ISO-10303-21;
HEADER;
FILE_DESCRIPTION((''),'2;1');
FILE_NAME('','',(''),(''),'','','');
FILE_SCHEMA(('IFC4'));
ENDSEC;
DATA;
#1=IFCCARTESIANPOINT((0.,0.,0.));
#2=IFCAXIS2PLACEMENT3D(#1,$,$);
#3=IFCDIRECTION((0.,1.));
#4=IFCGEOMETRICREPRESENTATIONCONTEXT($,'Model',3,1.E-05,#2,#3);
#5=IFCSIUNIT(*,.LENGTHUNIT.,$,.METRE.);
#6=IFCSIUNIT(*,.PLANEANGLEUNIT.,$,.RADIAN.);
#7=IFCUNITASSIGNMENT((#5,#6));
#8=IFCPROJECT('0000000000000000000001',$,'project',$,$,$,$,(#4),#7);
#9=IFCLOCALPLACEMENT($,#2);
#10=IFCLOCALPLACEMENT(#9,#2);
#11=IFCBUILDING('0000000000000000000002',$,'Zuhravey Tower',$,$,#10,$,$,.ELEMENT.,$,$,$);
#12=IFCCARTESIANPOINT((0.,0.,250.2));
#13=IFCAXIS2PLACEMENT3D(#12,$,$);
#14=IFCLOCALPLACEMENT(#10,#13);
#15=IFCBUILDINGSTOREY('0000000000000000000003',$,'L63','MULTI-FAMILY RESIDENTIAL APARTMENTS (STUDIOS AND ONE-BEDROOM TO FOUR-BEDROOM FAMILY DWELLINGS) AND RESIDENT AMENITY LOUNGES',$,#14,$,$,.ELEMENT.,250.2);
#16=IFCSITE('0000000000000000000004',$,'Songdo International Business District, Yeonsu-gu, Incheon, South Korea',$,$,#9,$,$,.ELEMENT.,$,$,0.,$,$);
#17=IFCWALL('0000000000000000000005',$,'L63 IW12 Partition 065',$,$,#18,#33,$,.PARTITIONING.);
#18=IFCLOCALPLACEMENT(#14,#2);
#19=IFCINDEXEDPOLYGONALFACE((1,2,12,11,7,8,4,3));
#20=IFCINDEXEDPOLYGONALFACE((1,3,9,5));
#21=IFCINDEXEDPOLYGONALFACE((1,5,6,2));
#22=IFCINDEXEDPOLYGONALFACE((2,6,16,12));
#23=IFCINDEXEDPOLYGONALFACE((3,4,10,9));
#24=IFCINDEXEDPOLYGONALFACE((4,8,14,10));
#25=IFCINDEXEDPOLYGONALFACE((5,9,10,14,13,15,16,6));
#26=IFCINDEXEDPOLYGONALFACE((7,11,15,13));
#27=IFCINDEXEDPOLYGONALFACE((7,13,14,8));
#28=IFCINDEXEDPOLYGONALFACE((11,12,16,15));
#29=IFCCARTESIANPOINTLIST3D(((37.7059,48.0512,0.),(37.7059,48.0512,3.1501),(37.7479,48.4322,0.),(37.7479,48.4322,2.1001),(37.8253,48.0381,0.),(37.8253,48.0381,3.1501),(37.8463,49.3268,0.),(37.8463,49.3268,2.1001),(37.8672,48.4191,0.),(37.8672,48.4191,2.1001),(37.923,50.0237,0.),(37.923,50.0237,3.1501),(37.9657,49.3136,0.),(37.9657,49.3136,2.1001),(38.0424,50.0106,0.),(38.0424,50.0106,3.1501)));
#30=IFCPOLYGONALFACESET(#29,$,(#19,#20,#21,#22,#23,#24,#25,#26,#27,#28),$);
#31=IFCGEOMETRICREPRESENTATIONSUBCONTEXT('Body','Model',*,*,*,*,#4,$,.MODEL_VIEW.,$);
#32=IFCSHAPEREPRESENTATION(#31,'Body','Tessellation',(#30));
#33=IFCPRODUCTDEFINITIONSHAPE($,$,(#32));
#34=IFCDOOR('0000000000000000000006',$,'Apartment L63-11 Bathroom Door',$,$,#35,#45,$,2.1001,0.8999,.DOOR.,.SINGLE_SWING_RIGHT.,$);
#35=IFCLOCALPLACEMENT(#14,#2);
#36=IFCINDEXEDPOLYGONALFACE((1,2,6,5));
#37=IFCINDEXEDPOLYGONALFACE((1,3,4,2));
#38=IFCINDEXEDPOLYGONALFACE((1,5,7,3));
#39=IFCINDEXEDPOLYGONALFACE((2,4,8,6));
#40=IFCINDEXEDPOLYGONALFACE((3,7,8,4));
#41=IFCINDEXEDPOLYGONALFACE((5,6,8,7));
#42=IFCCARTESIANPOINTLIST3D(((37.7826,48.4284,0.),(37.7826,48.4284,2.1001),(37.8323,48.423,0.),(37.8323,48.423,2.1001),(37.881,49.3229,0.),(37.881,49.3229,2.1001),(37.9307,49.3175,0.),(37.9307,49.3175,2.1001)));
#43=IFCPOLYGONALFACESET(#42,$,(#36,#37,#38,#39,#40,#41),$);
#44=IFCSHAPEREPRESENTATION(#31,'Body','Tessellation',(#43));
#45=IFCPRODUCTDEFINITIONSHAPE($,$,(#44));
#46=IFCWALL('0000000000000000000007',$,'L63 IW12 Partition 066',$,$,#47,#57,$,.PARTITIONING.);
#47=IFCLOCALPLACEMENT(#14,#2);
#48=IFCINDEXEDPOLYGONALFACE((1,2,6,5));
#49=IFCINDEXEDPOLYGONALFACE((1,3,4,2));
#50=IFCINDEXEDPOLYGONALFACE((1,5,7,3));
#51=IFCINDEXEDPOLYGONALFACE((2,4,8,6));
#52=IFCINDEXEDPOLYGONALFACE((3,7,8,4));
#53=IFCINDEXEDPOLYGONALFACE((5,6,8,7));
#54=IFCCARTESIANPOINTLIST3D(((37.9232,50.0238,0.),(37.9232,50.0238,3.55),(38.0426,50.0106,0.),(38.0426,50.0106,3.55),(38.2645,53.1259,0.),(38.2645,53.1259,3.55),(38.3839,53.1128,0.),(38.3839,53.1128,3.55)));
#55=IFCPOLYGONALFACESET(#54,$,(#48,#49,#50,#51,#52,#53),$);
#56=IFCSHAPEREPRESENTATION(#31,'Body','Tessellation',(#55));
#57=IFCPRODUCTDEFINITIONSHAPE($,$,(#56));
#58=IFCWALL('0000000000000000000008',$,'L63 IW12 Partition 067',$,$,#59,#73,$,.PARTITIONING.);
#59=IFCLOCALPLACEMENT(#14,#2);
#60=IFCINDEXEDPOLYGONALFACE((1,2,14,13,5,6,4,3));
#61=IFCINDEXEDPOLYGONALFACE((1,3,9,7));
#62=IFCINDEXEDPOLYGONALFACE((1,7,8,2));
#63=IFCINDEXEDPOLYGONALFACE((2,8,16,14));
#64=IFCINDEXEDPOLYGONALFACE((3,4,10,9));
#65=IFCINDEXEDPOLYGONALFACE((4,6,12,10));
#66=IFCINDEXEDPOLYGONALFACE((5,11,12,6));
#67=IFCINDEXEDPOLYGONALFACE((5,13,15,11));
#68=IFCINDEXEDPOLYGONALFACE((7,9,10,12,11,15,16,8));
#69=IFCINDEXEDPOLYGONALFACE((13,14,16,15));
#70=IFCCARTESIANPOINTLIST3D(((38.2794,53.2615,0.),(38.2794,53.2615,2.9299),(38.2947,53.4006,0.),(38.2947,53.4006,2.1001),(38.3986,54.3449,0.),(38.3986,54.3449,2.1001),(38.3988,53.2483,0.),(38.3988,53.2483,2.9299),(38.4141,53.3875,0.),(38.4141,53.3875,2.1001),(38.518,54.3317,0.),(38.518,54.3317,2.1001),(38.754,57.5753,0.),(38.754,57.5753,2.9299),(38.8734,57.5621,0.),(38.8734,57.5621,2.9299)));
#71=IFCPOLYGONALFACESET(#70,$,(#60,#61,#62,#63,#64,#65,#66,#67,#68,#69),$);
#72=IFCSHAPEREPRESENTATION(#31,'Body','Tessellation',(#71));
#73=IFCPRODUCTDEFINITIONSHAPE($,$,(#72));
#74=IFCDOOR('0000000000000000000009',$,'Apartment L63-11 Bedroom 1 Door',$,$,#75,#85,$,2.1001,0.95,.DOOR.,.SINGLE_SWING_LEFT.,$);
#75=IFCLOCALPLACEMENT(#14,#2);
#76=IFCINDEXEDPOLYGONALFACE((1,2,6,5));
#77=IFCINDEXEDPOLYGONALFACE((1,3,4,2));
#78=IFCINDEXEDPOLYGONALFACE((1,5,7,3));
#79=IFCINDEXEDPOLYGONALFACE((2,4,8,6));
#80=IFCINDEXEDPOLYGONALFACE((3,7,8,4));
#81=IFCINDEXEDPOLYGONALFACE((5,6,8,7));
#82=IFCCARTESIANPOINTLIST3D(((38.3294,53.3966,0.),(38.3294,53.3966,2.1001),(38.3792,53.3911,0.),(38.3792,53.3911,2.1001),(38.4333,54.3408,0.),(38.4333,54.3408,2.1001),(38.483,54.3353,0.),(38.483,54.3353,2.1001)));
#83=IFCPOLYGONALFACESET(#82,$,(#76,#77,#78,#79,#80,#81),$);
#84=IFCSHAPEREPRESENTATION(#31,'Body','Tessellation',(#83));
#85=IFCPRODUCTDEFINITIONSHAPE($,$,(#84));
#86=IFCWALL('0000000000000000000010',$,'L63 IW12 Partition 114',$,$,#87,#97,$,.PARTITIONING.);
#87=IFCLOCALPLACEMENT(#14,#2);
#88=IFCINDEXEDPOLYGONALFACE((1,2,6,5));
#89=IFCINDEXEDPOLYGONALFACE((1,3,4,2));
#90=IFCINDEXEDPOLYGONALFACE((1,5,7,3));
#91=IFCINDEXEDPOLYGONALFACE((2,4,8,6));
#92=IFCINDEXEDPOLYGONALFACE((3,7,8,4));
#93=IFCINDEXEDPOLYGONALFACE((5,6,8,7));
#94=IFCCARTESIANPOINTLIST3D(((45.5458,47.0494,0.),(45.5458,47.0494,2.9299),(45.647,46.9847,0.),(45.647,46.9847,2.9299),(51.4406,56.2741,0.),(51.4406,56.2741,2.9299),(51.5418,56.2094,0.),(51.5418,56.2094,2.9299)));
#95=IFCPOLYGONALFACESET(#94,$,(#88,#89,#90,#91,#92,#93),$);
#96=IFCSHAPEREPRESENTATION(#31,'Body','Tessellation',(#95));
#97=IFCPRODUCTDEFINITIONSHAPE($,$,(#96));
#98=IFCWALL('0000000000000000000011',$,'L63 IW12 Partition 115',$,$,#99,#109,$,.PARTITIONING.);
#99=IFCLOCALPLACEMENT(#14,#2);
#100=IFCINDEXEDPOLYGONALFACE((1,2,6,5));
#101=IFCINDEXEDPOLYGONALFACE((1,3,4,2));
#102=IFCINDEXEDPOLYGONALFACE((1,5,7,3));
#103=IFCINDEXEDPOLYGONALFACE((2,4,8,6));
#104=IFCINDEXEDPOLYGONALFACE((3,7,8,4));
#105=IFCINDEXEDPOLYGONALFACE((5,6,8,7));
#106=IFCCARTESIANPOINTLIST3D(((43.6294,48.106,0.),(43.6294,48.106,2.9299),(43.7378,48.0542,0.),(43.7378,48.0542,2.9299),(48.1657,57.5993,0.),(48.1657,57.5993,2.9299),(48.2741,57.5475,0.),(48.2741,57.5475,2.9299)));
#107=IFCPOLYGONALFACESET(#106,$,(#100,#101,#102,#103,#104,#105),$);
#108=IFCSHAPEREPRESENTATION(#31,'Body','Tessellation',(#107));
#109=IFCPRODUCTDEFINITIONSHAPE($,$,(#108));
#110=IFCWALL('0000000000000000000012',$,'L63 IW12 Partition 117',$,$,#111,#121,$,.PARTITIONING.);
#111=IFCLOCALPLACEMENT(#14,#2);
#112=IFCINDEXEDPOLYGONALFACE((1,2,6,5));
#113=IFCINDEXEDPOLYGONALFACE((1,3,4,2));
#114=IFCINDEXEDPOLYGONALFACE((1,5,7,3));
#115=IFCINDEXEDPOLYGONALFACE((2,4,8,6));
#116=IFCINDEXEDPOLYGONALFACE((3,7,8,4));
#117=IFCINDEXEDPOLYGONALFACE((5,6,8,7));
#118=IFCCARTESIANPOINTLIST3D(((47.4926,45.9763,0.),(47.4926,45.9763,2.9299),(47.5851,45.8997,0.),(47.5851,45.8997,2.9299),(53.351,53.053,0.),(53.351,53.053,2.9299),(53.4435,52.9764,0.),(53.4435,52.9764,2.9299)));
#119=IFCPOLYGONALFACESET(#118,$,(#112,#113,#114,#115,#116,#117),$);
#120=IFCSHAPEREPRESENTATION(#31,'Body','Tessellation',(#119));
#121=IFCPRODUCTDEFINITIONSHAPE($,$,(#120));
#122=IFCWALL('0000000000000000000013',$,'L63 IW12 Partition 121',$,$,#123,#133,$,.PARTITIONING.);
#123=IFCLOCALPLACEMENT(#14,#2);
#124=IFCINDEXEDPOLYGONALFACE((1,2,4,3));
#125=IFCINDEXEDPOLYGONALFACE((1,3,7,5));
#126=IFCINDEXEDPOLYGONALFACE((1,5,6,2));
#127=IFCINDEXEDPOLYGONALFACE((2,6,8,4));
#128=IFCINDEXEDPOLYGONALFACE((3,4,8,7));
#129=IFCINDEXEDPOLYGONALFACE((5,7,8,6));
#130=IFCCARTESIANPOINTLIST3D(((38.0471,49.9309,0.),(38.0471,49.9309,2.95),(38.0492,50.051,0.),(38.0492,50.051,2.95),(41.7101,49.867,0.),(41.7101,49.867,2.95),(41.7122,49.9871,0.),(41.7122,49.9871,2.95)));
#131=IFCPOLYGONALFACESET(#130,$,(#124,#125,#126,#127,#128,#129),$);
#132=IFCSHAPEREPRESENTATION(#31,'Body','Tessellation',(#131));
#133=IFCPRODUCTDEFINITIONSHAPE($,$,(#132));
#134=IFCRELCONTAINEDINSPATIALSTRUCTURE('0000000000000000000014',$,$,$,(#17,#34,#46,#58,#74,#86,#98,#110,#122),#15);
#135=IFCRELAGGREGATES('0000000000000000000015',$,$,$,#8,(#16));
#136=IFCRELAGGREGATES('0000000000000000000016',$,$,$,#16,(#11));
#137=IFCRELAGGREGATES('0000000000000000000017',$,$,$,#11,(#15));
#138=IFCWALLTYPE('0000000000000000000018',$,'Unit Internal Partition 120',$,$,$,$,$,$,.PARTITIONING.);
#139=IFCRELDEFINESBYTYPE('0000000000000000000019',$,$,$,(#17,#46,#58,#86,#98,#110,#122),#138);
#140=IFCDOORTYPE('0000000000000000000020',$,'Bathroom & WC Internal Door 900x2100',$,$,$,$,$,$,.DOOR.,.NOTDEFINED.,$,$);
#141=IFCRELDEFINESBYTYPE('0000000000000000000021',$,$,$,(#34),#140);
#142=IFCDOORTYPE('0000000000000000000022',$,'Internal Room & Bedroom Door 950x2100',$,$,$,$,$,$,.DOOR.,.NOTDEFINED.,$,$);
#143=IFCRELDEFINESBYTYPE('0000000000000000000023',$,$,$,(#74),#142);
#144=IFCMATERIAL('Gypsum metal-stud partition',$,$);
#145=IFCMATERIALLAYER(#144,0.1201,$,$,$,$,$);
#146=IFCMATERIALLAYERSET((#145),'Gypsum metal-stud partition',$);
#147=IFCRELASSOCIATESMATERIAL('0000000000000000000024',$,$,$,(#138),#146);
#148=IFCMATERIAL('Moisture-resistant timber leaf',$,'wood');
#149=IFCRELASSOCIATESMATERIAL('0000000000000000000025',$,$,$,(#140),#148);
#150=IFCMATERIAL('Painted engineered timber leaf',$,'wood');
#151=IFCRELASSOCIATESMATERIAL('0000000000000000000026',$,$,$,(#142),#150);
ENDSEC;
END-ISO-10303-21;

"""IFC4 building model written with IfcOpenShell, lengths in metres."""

from ifc_helpers import new_model, si_unit, direction, frame, frame_2d, origin, place, context, subcontext, project, spatial, rectangle, extrude, material, layer, layer_set, type_object, element, fill, save


model = new_model("IFC4")

# Units and contexts
model_context = context("Model", 3, precision=1e-05, world=origin(), true_north=direction((0.0, 1.0)))
body_context = subcontext(model_context, "Body", "Model", "MODEL_VIEW")
ifc_project = project(units=[si_unit("LENGTHUNIT", "METRE"), si_unit("PLANEANGLEUNIT", "RADIAN")], contexts=[model_context])

# Site, building, storey
site_placement = place(None, origin())
site = spatial("IfcSite", under=ifc_project, at=site_placement, Name="Songdo International Business District, Yeonsu-gu, Incheon, South Korea", CompositionType="ELEMENT", RefElevation=0.0)
building_placement = place(site_placement, origin())
building = spatial("IfcBuilding", under=site, at=building_placement, Name="Zuhravey Tower", CompositionType="ELEMENT")
storey_placement = place(building_placement, frame((0.0, 0.0, 250.2)))
storey = spatial("IfcBuildingStorey", under=building, at=storey_placement, Name="L63", Description="MULTI-FAMILY RESIDENTIAL APARTMENTS (STUDIOS AND ONE-BEDROOM TO FOUR-BEDROOM FAMILY DWELLINGS) AND RESIDENT AMENITY LOUNGES", CompositionType="ELEMENT", Elevation=250.2)

# Shared definitions
ifc_material_1 = material(Name="Gypsum metal-stud partition")
ifc_layer_1 = layer(ifc_material_1, 0.1201)
ifc_layer_set_1 = layer_set([ifc_layer_1], Name="Gypsum metal-stud partition")
wall_type_1 = type_object("IfcWallType", Name="Unit Internal Partition 120", PredefinedType="PARTITIONING", material=ifc_layer_set_1)
ifc_material_2 = material(Name="Moisture-resistant timber leaf", Category="wood")
door_type_1 = type_object("IfcDoorType", Name="Bathroom & WC Internal Door 900x2100", OperationType="NOTDEFINED", PredefinedType="DOOR", material=ifc_material_2)
ifc_material_3 = material(Name="Painted engineered timber leaf", Category="wood")
door_type_2 = type_object("IfcDoorType", Name="Internal Room & Bedroom Door 950x2100", OperationType="NOTDEFINED", PredefinedType="DOOR", material=ifc_material_3)

# Wall, opening, door
wall_1_placement = place(storey_placement, frame((37.7656, 48.0447, 0.0), z_axis=(0.0, 0.0, 1.0), x_axis=(0.109378, 0.994, 0.0)))
wall_1 = element("IfcWall", 1, at=wall_1_placement, inside=storey, type_object=wall_type_1, Name="L63 IW12 Partition 065", PredefinedType="PARTITIONING", context=body_context, shape_type="SweptSolid", body=[
    extrude(rectangle(XDim=1.9844, YDim=0.1201, at=frame_2d((0.9922, 0.0))), origin(), (0.0, 0.0, 1.0), 3.1501),
])
opening_1_placement = place(wall_1_placement, frame((0.3833, 0.0, 0.0)))
opening_1 = element("IfcOpeningElement", 2, at=opening_1_placement, cuts=wall_1, PredefinedType="OPENING", context=body_context, shape_type="SweptSolid", body=[
    extrude(rectangle(XDim=0.8999, YDim=2.1001, at=frame_2d((0.45, 1.05))), frame((0.0, 0.072, 0.0), z_axis=(0.0, -1.0, 0.0), x_axis=(1.0, 0.0, 0.0)), (0.0, 0.0, 1.0), 0.144),
])
door_1_placement = place(opening_1_placement, frame((0.8999, 0.0, 0.0), z_axis=(0.0, 0.0, 1.0), x_axis=(-1.0, 0.0, 0.0)))
door_1 = element("IfcDoor", 3, at=door_1_placement, inside=storey, type_object=door_type_1, Name="Apartment L63-11 Bathroom Door", OperationType="SINGLE_SWING_RIGHT", OverallHeight=2.1001, OverallWidth=0.8999, PredefinedType="DOOR", context=body_context, shape_type="SweptSolid", body=[
    extrude(rectangle(XDim=0.8999, YDim=2.1001, at=frame_2d((0.45, 1.05))), frame((0.0, 0.0249, 0.0), z_axis=(0.0, -1.0, 0.0), x_axis=(1.0, 0.0, 0.0)), (0.0, 0.0, 1.0), 0.05),
])
fill(opening_1, door_1)

# Wall
wall_2_placement = place(storey_placement, frame((37.9829, 50.0171, 0.0), z_axis=(0.0, 0.0, 1.0), x_axis=(0.109367, 0.994001, 0.0)))
element("IfcWall", 4, at=wall_2_placement, inside=storey, type_object=wall_type_1, Name="L63 IW12 Partition 066", PredefinedType="PARTITIONING", context=body_context, shape_type="SweptSolid", body=[
    extrude(rectangle(XDim=3.1208, YDim=0.1201, at=frame_2d((1.5605, 0.0))), origin(), (0.0, 0.0, 1.0), 3.55),
])

# Wall, opening, door
wall_3_placement = place(storey_placement, frame((38.3391, 53.2549, 0.0), z_axis=(0.0, 0.0, 1.0), x_axis=(0.109363, 0.994002, 0.0)))
wall_3 = element("IfcWall", 5, at=wall_3_placement, inside=storey, type_object=wall_type_1, Name="L63 IW12 Partition 067", PredefinedType="PARTITIONING", context=body_context, shape_type="SweptSolid", body=[
    extrude(rectangle(XDim=4.3398, YDim=0.1201, at=frame_2d((2.1699, 0.0))), origin(), (0.0, 0.0, 1.0), 2.9299),
])
opening_2_placement = place(wall_3_placement, frame((0.1399, 0.0, 0.0)))
opening_2 = element("IfcOpeningElement", 6, at=opening_2_placement, cuts=wall_3, PredefinedType="OPENING", context=body_context, shape_type="SweptSolid", body=[
    extrude(rectangle(XDim=0.95, YDim=2.1001, at=frame_2d((0.4751, 1.05))), frame((0.0, 0.072, 0.0), z_axis=(0.0, -1.0, 0.0), x_axis=(1.0, 0.0, 0.0)), (0.0, 0.0, 1.0), 0.144),
])
door_2_placement = place(opening_2_placement, frame((0.95, 0.0, 0.0), z_axis=(0.0, 0.0, 1.0), x_axis=(-1.0, 0.0, 0.0)))
door_2 = element("IfcDoor", 7, at=door_2_placement, inside=storey, type_object=door_type_2, Name="Apartment L63-11 Bedroom 1 Door", OperationType="SINGLE_SWING_LEFT", OverallHeight=2.1001, OverallWidth=0.95, PredefinedType="DOOR", context=body_context, shape_type="SweptSolid", body=[
    extrude(rectangle(XDim=0.95, YDim=2.1001, at=frame_2d((0.4751, 1.05))), frame((0.0, 0.0249, 0.0), z_axis=(0.0, -1.0, 0.0), x_axis=(1.0, 0.0, 0.0)), (0.0, 0.0, 1.0), 0.05),
])
fill(opening_2, door_2)

# Walls
wall_4_placement = place(storey_placement, frame((45.5964, 47.0171, 0.0), z_axis=(0.0, 0.0, 1.0), x_axis=(0.538472, 0.842643, 0.0)))
element("IfcWall", 8, at=wall_4_placement, inside=storey, type_object=wall_type_1, Name="L63 IW12 Partition 114", PredefinedType="PARTITIONING", context=body_context, shape_type="SweptSolid", body=[
    extrude(rectangle(XDim=10.9473, YDim=0.1201, at=frame_2d((5.4736, 0.0))), origin(), (0.0, 0.0, 1.0), 2.9299),
])
wall_5_placement = place(storey_placement, frame((43.6836, 48.0801, 0.0), z_axis=(0.0, 0.0, 1.0), x_axis=(0.43115, 0.90228, 0.0)))
element("IfcWall", 9, at=wall_5_placement, inside=storey, type_object=wall_type_1, Name="L63 IW12 Partition 115", PredefinedType="PARTITIONING", context=body_context, shape_type="SweptSolid", body=[
    extrude(rectangle(XDim=10.5215, YDim=0.1201, at=frame_2d((5.2607, 0.0))), origin(), (0.0, 0.0, 1.0), 2.9299),
])
wall_6_placement = place(storey_placement, frame((47.5388, 45.938, 0.0), z_axis=(0.0, 0.0, 1.0), x_axis=(0.637687, 0.770295, 0.0)))
element("IfcWall", 10, at=wall_6_placement, inside=storey, type_object=wall_type_1, Name="L63 IW12 Partition 117", PredefinedType="PARTITIONING", context=body_context, shape_type="SweptSolid", body=[
    extrude(rectangle(XDim=9.187, YDim=0.1201, at=frame_2d((4.5935, 0.0))), origin(), (0.0, 0.0, 1.0), 2.9299),
])
wall_7_placement = place(storey_placement, frame((41.7112, 49.927, 0.0), z_axis=(0.0, 0.0, 1.0), x_axis=(-0.999848, 0.017459, 0.0)))
element("IfcWall", 11, at=wall_7_placement, inside=storey, type_object=wall_type_1, Name="L63 IW12 Partition 121", PredefinedType="PARTITIONING", context=body_context, shape_type="SweptSolid", body=[
    extrude(rectangle(XDim=3.6636, YDim=0.1201, at=frame_2d((1.8318, 0.0))), origin(), (0.0, 0.0, 1.0), 2.95),
])

save(model, "model.ifc")
